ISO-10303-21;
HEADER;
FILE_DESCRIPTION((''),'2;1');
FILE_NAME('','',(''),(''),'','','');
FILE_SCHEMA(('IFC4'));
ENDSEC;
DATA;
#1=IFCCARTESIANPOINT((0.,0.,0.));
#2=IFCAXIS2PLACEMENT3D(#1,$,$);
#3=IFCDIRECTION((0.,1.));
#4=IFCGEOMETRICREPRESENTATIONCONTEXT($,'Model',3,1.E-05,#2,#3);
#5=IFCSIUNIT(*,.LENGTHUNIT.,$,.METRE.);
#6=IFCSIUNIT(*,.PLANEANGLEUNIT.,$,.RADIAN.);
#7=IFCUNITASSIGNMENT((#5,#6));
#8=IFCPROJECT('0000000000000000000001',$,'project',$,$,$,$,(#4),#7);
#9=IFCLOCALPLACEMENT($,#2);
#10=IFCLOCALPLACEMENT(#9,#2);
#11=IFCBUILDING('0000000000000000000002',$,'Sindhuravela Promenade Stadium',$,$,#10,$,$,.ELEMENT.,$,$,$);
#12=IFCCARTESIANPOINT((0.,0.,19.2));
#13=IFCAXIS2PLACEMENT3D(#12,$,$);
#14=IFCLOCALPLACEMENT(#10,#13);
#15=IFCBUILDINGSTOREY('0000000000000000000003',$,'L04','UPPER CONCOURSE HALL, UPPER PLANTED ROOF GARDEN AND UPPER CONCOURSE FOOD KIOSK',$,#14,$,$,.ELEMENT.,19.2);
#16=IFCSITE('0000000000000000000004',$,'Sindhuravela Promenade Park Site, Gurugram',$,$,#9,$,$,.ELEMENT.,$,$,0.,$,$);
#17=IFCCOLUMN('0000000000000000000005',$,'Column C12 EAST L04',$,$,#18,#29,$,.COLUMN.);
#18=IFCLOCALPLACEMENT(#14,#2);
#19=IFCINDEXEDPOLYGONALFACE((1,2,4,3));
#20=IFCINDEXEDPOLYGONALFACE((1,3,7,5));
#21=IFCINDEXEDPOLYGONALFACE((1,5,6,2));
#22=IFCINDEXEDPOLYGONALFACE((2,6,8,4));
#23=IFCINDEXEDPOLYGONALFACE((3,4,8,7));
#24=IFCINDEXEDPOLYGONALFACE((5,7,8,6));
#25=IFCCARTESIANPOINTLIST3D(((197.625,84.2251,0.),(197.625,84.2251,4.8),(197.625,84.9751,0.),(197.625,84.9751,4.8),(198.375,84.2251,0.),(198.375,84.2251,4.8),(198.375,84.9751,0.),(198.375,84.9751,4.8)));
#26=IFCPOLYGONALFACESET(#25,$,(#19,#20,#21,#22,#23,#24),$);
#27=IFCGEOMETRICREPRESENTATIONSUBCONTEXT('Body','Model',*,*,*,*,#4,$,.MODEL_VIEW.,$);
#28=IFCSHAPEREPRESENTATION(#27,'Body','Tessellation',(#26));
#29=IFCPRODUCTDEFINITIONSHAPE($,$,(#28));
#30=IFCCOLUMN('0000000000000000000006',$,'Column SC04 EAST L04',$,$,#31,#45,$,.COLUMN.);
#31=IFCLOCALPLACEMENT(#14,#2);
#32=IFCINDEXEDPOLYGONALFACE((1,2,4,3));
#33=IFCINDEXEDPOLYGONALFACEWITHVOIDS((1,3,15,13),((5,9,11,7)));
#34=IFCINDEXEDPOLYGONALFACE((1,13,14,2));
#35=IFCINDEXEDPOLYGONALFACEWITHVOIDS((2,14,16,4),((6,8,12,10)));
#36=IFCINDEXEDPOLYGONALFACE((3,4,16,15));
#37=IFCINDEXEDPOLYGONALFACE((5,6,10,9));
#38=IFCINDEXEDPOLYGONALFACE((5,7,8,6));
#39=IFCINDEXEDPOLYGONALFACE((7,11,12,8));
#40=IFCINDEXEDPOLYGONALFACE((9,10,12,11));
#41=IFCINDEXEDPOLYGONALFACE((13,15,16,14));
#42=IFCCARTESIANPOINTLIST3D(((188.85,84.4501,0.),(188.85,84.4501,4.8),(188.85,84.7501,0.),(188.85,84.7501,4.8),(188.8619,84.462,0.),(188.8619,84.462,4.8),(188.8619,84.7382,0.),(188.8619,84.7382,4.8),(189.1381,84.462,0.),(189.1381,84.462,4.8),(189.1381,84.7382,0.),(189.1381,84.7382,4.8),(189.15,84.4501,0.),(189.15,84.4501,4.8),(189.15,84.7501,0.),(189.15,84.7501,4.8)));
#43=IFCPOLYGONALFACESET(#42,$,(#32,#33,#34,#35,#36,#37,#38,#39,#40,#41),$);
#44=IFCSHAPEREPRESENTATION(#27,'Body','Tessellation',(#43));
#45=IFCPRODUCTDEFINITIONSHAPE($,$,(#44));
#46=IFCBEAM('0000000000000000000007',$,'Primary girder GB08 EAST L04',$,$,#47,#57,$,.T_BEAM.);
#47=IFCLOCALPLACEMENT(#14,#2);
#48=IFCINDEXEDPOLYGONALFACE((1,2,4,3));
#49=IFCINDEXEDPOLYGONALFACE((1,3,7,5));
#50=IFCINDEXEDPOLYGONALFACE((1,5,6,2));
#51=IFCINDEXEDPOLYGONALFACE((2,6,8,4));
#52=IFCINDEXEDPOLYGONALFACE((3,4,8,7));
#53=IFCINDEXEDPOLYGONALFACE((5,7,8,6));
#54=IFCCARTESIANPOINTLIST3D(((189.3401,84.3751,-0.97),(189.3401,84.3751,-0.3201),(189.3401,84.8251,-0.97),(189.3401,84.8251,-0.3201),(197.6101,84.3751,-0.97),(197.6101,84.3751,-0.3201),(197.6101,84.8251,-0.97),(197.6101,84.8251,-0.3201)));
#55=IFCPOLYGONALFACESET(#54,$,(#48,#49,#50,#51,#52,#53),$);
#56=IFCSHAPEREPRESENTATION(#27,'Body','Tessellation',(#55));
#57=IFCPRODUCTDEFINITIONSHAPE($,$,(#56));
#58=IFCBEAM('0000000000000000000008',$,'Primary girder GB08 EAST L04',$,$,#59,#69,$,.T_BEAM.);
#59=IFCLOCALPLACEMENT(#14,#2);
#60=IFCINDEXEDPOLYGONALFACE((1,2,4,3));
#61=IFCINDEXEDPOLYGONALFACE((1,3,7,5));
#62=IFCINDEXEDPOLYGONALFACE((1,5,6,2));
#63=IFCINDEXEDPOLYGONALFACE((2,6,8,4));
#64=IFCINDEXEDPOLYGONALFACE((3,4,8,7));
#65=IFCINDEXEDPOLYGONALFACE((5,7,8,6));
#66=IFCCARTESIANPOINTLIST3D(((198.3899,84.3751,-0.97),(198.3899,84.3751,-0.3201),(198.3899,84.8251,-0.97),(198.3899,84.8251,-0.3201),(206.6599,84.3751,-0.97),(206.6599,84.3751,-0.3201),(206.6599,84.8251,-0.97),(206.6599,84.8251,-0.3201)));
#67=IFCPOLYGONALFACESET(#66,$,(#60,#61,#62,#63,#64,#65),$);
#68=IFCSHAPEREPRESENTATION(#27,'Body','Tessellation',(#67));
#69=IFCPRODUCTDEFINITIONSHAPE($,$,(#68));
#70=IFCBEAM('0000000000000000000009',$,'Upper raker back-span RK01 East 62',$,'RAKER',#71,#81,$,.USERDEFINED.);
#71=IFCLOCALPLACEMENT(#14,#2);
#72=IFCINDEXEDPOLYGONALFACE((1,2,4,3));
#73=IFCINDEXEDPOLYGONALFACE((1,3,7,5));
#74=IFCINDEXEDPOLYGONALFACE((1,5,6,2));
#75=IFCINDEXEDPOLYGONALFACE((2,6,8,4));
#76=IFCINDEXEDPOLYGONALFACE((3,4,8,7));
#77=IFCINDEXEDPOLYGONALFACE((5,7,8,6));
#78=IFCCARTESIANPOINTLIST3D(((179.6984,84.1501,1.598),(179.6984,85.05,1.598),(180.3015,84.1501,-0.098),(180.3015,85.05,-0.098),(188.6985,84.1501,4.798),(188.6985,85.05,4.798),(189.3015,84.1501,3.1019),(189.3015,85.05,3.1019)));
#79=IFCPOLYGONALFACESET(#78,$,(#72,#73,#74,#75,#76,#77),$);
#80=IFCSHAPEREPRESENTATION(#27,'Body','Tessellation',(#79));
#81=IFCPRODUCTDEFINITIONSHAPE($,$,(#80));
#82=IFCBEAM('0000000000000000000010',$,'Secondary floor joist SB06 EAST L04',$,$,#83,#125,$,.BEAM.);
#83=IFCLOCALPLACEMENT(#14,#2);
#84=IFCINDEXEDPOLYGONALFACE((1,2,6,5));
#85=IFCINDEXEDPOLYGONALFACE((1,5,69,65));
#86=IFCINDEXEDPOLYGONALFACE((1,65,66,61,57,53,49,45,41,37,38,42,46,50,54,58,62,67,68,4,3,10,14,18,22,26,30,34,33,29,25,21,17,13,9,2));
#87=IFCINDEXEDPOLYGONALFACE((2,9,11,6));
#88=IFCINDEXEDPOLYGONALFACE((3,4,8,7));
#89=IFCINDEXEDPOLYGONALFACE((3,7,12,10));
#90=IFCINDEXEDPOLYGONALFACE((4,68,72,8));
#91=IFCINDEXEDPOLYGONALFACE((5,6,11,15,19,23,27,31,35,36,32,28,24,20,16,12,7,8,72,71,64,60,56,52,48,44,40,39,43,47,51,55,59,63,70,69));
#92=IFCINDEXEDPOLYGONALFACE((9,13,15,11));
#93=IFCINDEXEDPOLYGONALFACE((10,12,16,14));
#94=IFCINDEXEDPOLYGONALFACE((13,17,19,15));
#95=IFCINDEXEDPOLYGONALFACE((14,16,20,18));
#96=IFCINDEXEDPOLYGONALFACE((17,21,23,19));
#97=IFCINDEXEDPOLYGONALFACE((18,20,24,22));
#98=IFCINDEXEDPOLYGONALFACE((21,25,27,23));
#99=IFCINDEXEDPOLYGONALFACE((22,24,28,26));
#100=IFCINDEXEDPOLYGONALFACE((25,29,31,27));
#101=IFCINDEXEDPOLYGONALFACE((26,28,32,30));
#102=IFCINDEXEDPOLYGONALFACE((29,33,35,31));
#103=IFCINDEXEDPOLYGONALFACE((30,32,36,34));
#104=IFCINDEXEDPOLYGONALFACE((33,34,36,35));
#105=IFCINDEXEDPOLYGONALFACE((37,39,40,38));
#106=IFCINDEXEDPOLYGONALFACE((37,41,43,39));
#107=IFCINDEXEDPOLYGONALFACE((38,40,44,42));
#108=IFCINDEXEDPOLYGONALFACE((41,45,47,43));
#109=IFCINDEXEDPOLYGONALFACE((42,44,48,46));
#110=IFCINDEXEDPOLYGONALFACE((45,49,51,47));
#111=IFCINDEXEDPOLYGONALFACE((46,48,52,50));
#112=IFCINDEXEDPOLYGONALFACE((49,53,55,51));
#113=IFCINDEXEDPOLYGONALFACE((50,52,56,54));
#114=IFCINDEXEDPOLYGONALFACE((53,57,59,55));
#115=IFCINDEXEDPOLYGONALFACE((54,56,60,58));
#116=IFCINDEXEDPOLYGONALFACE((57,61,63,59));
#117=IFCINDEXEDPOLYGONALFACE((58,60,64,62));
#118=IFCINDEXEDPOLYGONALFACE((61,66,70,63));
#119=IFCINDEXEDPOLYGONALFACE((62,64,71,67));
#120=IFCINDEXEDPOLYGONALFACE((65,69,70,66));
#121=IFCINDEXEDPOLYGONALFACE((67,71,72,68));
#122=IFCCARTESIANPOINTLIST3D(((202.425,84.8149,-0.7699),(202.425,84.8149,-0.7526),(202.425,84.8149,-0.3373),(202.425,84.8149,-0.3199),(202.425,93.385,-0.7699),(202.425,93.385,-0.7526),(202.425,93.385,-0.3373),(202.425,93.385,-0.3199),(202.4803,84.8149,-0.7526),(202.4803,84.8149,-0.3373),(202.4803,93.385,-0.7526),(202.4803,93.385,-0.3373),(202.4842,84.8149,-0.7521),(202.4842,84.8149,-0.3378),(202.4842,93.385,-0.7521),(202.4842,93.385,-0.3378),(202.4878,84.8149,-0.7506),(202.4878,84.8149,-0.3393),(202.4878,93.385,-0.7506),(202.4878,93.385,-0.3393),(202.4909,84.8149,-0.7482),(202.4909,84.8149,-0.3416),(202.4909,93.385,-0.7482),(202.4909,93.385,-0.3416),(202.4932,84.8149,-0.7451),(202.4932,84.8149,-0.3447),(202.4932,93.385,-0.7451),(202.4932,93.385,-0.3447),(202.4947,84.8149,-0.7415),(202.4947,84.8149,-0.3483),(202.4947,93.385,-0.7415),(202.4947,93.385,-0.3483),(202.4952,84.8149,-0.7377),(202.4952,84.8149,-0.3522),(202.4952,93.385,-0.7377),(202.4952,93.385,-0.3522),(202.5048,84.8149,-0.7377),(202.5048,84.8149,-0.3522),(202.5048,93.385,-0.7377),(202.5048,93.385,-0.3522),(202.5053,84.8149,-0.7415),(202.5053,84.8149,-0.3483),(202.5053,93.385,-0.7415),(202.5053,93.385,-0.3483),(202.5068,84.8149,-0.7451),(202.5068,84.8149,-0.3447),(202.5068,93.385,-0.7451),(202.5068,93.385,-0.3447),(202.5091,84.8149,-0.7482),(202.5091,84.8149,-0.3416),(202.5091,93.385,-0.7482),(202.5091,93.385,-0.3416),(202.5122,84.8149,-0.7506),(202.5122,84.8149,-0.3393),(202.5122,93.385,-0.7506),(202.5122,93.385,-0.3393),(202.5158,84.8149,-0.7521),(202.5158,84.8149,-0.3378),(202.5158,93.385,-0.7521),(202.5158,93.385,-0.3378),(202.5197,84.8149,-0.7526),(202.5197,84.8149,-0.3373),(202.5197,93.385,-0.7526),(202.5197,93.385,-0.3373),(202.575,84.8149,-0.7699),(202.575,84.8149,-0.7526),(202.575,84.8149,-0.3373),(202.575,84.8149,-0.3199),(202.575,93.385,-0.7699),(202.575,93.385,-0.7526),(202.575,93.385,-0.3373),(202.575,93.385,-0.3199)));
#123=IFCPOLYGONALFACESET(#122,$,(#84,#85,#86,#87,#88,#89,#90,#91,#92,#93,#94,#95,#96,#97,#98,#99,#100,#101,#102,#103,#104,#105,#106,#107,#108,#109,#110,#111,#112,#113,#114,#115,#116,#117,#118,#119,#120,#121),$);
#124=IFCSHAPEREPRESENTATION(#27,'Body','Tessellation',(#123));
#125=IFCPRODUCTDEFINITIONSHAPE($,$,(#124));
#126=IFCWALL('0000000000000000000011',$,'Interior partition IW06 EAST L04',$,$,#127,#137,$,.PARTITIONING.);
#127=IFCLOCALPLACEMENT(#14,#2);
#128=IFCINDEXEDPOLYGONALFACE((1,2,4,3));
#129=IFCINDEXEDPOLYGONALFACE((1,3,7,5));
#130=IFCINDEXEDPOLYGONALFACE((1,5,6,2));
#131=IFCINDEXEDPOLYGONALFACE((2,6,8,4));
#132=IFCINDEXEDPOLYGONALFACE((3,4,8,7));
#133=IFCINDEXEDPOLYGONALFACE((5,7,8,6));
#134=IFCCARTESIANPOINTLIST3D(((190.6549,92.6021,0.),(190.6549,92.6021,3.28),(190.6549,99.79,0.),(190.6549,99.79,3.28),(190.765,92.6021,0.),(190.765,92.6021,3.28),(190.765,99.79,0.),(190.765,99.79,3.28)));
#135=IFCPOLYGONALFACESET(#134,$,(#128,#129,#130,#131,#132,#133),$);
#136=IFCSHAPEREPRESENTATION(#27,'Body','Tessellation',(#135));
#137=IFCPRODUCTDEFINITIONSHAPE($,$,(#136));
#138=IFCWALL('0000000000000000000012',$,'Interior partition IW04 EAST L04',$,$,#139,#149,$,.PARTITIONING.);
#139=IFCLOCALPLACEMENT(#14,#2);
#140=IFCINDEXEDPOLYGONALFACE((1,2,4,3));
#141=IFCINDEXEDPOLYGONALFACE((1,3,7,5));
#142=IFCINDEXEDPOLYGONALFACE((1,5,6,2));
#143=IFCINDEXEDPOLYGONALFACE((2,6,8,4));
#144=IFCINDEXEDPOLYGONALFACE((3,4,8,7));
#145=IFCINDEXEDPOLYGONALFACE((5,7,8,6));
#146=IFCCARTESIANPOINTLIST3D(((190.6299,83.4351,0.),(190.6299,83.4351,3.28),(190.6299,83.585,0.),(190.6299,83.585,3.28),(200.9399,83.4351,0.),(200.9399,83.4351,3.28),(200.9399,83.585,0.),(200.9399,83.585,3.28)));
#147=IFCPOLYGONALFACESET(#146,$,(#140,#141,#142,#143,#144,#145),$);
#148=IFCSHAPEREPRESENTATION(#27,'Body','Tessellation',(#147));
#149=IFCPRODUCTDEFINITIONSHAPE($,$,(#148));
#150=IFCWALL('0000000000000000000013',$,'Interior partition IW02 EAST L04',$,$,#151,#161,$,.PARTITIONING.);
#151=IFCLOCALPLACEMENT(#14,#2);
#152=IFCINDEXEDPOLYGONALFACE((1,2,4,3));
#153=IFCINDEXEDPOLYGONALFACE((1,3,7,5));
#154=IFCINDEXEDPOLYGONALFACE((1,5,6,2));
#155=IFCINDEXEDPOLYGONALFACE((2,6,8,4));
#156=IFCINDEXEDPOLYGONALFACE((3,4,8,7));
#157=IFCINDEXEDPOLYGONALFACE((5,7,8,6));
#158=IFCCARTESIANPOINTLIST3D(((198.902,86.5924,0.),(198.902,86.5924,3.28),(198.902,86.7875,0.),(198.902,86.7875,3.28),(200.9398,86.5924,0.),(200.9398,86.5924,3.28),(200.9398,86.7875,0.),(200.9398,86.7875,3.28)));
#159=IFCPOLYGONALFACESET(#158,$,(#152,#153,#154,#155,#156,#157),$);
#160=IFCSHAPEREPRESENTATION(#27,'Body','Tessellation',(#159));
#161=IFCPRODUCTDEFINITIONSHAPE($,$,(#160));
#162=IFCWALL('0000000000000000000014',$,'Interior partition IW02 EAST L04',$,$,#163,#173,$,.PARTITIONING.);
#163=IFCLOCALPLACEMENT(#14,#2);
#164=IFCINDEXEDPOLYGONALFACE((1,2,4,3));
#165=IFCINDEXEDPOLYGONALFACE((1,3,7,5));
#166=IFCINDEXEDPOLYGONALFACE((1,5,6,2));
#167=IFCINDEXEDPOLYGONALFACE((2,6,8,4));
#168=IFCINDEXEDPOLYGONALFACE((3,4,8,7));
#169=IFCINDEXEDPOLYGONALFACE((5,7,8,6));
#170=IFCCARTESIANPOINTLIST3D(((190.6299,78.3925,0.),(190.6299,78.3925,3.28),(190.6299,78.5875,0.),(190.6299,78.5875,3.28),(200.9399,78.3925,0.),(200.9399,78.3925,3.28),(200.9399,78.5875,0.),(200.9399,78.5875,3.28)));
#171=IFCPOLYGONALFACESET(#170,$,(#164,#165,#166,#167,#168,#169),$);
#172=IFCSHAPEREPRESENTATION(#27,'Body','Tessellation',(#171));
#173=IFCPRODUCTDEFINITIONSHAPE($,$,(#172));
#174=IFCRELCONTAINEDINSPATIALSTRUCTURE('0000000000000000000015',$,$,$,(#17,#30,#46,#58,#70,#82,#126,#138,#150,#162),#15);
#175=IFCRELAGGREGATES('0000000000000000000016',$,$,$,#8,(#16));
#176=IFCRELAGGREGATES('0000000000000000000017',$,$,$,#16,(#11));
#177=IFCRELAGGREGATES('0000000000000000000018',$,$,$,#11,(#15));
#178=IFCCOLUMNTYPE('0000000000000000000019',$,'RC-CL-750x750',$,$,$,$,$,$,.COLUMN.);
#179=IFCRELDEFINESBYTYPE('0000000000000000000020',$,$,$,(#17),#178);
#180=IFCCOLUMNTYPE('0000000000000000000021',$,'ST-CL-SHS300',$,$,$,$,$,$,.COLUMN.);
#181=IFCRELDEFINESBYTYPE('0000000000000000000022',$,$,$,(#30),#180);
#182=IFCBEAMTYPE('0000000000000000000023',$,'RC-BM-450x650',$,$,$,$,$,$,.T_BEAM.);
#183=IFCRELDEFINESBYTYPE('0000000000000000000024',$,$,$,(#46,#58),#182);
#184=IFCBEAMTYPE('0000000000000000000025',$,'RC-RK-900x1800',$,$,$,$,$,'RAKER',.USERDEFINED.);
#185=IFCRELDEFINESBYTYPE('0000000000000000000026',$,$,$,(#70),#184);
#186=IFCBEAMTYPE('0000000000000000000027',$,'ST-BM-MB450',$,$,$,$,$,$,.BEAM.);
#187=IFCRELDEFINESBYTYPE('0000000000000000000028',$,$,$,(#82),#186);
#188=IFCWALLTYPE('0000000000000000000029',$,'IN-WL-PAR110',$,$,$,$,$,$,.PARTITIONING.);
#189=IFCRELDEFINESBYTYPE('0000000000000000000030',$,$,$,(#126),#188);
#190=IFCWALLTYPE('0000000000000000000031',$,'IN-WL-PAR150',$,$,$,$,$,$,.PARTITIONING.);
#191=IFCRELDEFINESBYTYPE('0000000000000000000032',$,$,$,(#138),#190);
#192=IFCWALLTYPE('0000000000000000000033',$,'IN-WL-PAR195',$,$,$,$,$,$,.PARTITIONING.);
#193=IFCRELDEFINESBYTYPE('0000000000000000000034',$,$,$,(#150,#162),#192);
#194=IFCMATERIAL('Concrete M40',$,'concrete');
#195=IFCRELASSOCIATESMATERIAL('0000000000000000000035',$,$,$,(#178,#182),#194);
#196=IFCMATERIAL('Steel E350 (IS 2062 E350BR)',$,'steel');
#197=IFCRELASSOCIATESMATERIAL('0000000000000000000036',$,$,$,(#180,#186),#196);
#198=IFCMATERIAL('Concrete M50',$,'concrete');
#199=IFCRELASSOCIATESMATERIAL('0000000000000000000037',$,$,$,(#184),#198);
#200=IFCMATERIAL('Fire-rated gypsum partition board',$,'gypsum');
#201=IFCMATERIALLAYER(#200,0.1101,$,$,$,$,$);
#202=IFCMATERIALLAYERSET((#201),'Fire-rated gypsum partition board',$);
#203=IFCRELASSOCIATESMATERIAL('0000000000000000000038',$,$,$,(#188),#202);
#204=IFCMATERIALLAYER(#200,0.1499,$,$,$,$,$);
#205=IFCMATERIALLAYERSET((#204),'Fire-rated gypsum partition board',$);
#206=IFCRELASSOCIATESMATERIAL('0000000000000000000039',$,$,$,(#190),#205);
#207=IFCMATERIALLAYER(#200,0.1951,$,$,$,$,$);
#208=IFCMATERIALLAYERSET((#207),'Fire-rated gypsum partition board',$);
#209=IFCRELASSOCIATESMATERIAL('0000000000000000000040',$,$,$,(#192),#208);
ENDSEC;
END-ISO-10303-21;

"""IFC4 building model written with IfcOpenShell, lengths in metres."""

from ifc_helpers import new_model, si_unit, direction, frame, frame_2d, origin, origin_2d, place, context, subcontext, project, spatial, rectangle, hollow_rectangle, i_section, extrude, material, layer, layer_set, material_profile, profile_set, type_object, element, save


model = new_model("IFC4")

# Units and contexts
model_context = context("Model", 3, precision=1e-05, world=origin(), true_north=direction((0.0, 1.0)))
body_context = subcontext(model_context, "Body", "Model", "MODEL_VIEW")
ifc_project = project(units=[si_unit("LENGTHUNIT", "METRE"), si_unit("PLANEANGLEUNIT", "RADIAN")], contexts=[model_context])

# Site, building, storey
site_placement = place(None, origin())
site = spatial("IfcSite", under=ifc_project, at=site_placement, Name="Sindhuravela Promenade Park Site, Gurugram", CompositionType="ELEMENT", RefElevation=0.0)
building_placement = place(site_placement, origin())
building = spatial("IfcBuilding", under=site, at=building_placement, Name="Sindhuravela Promenade Stadium", CompositionType="ELEMENT")
storey_placement = place(building_placement, frame((0.0, 0.0, 19.2)))
storey = spatial("IfcBuildingStorey", under=building, at=storey_placement, Name="L04", Description="UPPER CONCOURSE HALL, UPPER PLANTED ROOF GARDEN AND UPPER CONCOURSE FOOD KIOSK", CompositionType="ELEMENT", Elevation=19.2)

# Columns
ifc_material_1 = material(Name="Concrete M40", Category="concrete")
ifc_material_profile_1 = material_profile(ifc_material_1, rectangle(XDim=0.75, YDim=0.75, at=origin_2d()), Name="RC 750x750")
ifc_profile_set_1 = profile_set([ifc_material_profile_1], Name="Concrete M40")
column_type_1 = type_object("IfcColumnType", Name="RC-CL-750x750", PredefinedType="COLUMN", material=ifc_profile_set_1)
column_1_placement = place(storey_placement, frame((198.0, 84.6001, 0.0), z_axis=(0.0, 0.0, 1.0), x_axis=(1.0, 0.0, 0.0)))
element("IfcColumn", 1, at=column_1_placement, inside=storey, type_object=column_type_1, Name="Column C12 EAST L04", PredefinedType="COLUMN", context=body_context, shape_type="SweptSolid", body=[
    extrude(rectangle(XDim=0.75, YDim=0.75, at=origin_2d()), origin(), (0.0, 0.0, 1.0), 4.8),
])
ifc_material_2 = material(Name="Steel E350 (IS 2062 E350BR)", Category="steel")
ifc_material_profile_2 = material_profile(ifc_material_2, hollow_rectangle(XDim=0.3, YDim=0.3, WallThickness=0.012, at=origin_2d()), Name="SHS 300x300x12")
ifc_profile_set_2 = profile_set([ifc_material_profile_2], Name="Steel E350 (IS 2062 E350BR)")
column_type_2 = type_object("IfcColumnType", Name="ST-CL-SHS300", PredefinedType="COLUMN", material=ifc_profile_set_2)
column_2_placement = place(storey_placement, frame((189.0, 84.6001, 0.0), z_axis=(0.0, 0.0, 1.0), x_axis=(1.0, 0.0, 0.0)))
element("IfcColumn", 2, at=column_2_placement, inside=storey, type_object=column_type_2, Name="Column SC04 EAST L04", PredefinedType="COLUMN", context=body_context, shape_type="SweptSolid", body=[
    extrude(hollow_rectangle(XDim=0.3, YDim=0.3, WallThickness=0.012, at=origin_2d()), origin(), (0.0, 0.0, 1.0), 4.8),
])

# Beams
ifc_material_profile_3 = material_profile(ifc_material_1, rectangle(XDim=0.45, YDim=0.6499, at=origin_2d()), Name="RC 450x650")
ifc_profile_set_3 = profile_set([ifc_material_profile_3], Name="Concrete M40")
beam_type_1 = type_object("IfcBeamType", Name="RC-BM-450x650", PredefinedType="T_BEAM", material=ifc_profile_set_3)
for number, where, z_axis, x_axis, name in (
    (3, (189.3401, 84.6001, -0.645), (1.0, 0.0, 0.0), (0.0, 1.0, 0.0), "Primary girder GB08 EAST L04"),
    (4, (198.3899, 84.6001, -0.645), (1.0, 0.0, 0.0), (0.0, 1.0, 0.0), "Primary girder GB08 EAST L04"),
):
    element("IfcBeam", number, at=place(storey_placement, frame(where, z_axis=z_axis, x_axis=x_axis)), inside=storey, type_object=beam_type_1, Name=name, PredefinedType="T_BEAM", context=body_context, shape_type="SweptSolid", body=[
        extrude(rectangle(XDim=0.45, YDim=0.6499, at=origin_2d()), origin(), (0.0, 0.0, 1.0), 8.27),
    ])
ifc_material_3 = material(Name="Concrete M50", Category="concrete")
ifc_material_profile_4 = material_profile(ifc_material_3, rectangle(XDim=0.8999, YDim=1.8, at=origin_2d()), Name="RC 900x1800")
ifc_profile_set_4 = profile_set([ifc_material_profile_4], Name="Concrete M50")
beam_type_2 = type_object("IfcBeamType", Name="RC-RK-900x1800", ElementType="RAKER", PredefinedType="USERDEFINED", material=ifc_profile_set_4)
beam_1_placement = place(storey_placement, frame((189.0, 84.6001, 3.95), z_axis=(-0.942216, 0.0, -0.335005), x_axis=(0.0, -1.0, 0.0)))
element("IfcBeam", 5, at=beam_1_placement, inside=storey, type_object=beam_type_2, Name="Upper raker back-span RK01 East 62", ObjectType="RAKER", PredefinedType="USERDEFINED", context=body_context, shape_type="SweptSolid", body=[
    extrude(rectangle(XDim=0.8999, YDim=1.8, at=origin_2d()), origin(), (0.0, 0.0, 1.0), 9.552),
])
ifc_material_profile_5 = material_profile(ifc_material_2, i_section(OverallWidth=0.1499, OverallDepth=0.45, WebThickness=0.0095, FlangeThickness=0.0173, FilletRadius=0.0149, at=origin_2d()), Name="ISMB 450")
ifc_profile_set_5 = profile_set([ifc_material_profile_5], Name="Steel E350 (IS 2062 E350BR)")
beam_type_3 = type_object("IfcBeamType", Name="ST-BM-MB450", PredefinedType="BEAM", material=ifc_profile_set_5)
beam_2_placement = place(storey_placement, frame((202.5, 84.8149, -0.5449), z_axis=(0.0, 1.0, 0.0), x_axis=(-1.0, 0.0, 0.0)))
element("IfcBeam", 6, at=beam_2_placement, inside=storey, type_object=beam_type_3, Name="Secondary floor joist SB06 EAST L04", PredefinedType="BEAM", context=body_context, shape_type="SweptSolid", body=[
    extrude(i_section(OverallWidth=0.1499, OverallDepth=0.45, WebThickness=0.0095, FlangeThickness=0.0173, FilletRadius=0.0149, at=origin_2d()), origin(), (0.0, 0.0, 1.0), 8.5701),
])

# Walls
ifc_material_4 = material(Name="Fire-rated gypsum partition board", Category="gypsum")
ifc_layer_1 = layer(ifc_material_4, 0.1101)
ifc_layer_set_1 = layer_set([ifc_layer_1], Name="Fire-rated gypsum partition board")
wall_type_1 = type_object("IfcWallType", Name="IN-WL-PAR110", PredefinedType="PARTITIONING", material=ifc_layer_set_1)
wall_1_placement = place(storey_placement, frame((190.71, 92.6021, 0.0), z_axis=(0.0, 0.0, 1.0), x_axis=(0.0, 1.0, 0.0)))
element("IfcWall", 7, at=wall_1_placement, inside=storey, type_object=wall_type_1, Name="Interior partition IW06 EAST L04", PredefinedType="PARTITIONING", context=body_context, shape_type="SweptSolid", body=[
    extrude(rectangle(XDim=7.188, YDim=0.1101, at=frame_2d((3.594, 0.0))), origin(), (0.0, 0.0, 1.0), 3.28),
])
ifc_layer_2 = layer(ifc_material_4, 0.1499)
ifc_layer_set_2 = layer_set([ifc_layer_2], Name="Fire-rated gypsum partition board")
wall_type_2 = type_object("IfcWallType", Name="IN-WL-PAR150", PredefinedType="PARTITIONING", material=ifc_layer_set_2)
wall_2_placement = place(storey_placement, frame((190.6299, 83.51, 0.0), z_axis=(0.0, 0.0, 1.0), x_axis=(1.0, 0.0, 0.0)))
element("IfcWall", 8, at=wall_2_placement, inside=storey, type_object=wall_type_2, Name="Interior partition IW04 EAST L04", PredefinedType="PARTITIONING", context=body_context, shape_type="SweptSolid", body=[
    extrude(rectangle(XDim=10.3101, YDim=0.1499, at=frame_2d((5.155, 0.0))), origin(), (0.0, 0.0, 1.0), 3.28),
])
ifc_layer_3 = layer(ifc_material_4, 0.1951)
ifc_layer_set_3 = layer_set([ifc_layer_3], Name="Fire-rated gypsum partition board")
wall_type_3 = type_object("IfcWallType", Name="IN-WL-PAR195", PredefinedType="PARTITIONING", material=ifc_layer_set_3)
wall_3_placement = place(storey_placement, frame((200.9399, 86.6899, 0.0), z_axis=(0.0, 0.0, 1.0), x_axis=(-1.0, 0.0, 0.0)))
element("IfcWall", 9, at=wall_3_placement, inside=storey, type_object=wall_type_3, Name="Interior partition IW02 EAST L04", PredefinedType="PARTITIONING", context=body_context, shape_type="SweptSolid", body=[
    extrude(rectangle(XDim=2.0378, YDim=0.1951, at=frame_2d((1.019, 0.0))), origin(), (0.0, 0.0, 1.0), 3.28),
])
wall_4_placement = place(storey_placement, frame((200.9399, 78.49, 0.0), z_axis=(0.0, 0.0, 1.0), x_axis=(-1.0, 0.0, 0.0)))
element("IfcWall", 10, at=wall_4_placement, inside=storey, type_object=wall_type_3, Name="Interior partition IW02 EAST L04", PredefinedType="PARTITIONING", context=body_context, shape_type="SweptSolid", body=[
    extrude(rectangle(XDim=10.3101, YDim=0.1951, at=frame_2d((5.155, 0.0))), origin(), (0.0, 0.0, 1.0), 3.28),
])

save(model, "model.ifc")
